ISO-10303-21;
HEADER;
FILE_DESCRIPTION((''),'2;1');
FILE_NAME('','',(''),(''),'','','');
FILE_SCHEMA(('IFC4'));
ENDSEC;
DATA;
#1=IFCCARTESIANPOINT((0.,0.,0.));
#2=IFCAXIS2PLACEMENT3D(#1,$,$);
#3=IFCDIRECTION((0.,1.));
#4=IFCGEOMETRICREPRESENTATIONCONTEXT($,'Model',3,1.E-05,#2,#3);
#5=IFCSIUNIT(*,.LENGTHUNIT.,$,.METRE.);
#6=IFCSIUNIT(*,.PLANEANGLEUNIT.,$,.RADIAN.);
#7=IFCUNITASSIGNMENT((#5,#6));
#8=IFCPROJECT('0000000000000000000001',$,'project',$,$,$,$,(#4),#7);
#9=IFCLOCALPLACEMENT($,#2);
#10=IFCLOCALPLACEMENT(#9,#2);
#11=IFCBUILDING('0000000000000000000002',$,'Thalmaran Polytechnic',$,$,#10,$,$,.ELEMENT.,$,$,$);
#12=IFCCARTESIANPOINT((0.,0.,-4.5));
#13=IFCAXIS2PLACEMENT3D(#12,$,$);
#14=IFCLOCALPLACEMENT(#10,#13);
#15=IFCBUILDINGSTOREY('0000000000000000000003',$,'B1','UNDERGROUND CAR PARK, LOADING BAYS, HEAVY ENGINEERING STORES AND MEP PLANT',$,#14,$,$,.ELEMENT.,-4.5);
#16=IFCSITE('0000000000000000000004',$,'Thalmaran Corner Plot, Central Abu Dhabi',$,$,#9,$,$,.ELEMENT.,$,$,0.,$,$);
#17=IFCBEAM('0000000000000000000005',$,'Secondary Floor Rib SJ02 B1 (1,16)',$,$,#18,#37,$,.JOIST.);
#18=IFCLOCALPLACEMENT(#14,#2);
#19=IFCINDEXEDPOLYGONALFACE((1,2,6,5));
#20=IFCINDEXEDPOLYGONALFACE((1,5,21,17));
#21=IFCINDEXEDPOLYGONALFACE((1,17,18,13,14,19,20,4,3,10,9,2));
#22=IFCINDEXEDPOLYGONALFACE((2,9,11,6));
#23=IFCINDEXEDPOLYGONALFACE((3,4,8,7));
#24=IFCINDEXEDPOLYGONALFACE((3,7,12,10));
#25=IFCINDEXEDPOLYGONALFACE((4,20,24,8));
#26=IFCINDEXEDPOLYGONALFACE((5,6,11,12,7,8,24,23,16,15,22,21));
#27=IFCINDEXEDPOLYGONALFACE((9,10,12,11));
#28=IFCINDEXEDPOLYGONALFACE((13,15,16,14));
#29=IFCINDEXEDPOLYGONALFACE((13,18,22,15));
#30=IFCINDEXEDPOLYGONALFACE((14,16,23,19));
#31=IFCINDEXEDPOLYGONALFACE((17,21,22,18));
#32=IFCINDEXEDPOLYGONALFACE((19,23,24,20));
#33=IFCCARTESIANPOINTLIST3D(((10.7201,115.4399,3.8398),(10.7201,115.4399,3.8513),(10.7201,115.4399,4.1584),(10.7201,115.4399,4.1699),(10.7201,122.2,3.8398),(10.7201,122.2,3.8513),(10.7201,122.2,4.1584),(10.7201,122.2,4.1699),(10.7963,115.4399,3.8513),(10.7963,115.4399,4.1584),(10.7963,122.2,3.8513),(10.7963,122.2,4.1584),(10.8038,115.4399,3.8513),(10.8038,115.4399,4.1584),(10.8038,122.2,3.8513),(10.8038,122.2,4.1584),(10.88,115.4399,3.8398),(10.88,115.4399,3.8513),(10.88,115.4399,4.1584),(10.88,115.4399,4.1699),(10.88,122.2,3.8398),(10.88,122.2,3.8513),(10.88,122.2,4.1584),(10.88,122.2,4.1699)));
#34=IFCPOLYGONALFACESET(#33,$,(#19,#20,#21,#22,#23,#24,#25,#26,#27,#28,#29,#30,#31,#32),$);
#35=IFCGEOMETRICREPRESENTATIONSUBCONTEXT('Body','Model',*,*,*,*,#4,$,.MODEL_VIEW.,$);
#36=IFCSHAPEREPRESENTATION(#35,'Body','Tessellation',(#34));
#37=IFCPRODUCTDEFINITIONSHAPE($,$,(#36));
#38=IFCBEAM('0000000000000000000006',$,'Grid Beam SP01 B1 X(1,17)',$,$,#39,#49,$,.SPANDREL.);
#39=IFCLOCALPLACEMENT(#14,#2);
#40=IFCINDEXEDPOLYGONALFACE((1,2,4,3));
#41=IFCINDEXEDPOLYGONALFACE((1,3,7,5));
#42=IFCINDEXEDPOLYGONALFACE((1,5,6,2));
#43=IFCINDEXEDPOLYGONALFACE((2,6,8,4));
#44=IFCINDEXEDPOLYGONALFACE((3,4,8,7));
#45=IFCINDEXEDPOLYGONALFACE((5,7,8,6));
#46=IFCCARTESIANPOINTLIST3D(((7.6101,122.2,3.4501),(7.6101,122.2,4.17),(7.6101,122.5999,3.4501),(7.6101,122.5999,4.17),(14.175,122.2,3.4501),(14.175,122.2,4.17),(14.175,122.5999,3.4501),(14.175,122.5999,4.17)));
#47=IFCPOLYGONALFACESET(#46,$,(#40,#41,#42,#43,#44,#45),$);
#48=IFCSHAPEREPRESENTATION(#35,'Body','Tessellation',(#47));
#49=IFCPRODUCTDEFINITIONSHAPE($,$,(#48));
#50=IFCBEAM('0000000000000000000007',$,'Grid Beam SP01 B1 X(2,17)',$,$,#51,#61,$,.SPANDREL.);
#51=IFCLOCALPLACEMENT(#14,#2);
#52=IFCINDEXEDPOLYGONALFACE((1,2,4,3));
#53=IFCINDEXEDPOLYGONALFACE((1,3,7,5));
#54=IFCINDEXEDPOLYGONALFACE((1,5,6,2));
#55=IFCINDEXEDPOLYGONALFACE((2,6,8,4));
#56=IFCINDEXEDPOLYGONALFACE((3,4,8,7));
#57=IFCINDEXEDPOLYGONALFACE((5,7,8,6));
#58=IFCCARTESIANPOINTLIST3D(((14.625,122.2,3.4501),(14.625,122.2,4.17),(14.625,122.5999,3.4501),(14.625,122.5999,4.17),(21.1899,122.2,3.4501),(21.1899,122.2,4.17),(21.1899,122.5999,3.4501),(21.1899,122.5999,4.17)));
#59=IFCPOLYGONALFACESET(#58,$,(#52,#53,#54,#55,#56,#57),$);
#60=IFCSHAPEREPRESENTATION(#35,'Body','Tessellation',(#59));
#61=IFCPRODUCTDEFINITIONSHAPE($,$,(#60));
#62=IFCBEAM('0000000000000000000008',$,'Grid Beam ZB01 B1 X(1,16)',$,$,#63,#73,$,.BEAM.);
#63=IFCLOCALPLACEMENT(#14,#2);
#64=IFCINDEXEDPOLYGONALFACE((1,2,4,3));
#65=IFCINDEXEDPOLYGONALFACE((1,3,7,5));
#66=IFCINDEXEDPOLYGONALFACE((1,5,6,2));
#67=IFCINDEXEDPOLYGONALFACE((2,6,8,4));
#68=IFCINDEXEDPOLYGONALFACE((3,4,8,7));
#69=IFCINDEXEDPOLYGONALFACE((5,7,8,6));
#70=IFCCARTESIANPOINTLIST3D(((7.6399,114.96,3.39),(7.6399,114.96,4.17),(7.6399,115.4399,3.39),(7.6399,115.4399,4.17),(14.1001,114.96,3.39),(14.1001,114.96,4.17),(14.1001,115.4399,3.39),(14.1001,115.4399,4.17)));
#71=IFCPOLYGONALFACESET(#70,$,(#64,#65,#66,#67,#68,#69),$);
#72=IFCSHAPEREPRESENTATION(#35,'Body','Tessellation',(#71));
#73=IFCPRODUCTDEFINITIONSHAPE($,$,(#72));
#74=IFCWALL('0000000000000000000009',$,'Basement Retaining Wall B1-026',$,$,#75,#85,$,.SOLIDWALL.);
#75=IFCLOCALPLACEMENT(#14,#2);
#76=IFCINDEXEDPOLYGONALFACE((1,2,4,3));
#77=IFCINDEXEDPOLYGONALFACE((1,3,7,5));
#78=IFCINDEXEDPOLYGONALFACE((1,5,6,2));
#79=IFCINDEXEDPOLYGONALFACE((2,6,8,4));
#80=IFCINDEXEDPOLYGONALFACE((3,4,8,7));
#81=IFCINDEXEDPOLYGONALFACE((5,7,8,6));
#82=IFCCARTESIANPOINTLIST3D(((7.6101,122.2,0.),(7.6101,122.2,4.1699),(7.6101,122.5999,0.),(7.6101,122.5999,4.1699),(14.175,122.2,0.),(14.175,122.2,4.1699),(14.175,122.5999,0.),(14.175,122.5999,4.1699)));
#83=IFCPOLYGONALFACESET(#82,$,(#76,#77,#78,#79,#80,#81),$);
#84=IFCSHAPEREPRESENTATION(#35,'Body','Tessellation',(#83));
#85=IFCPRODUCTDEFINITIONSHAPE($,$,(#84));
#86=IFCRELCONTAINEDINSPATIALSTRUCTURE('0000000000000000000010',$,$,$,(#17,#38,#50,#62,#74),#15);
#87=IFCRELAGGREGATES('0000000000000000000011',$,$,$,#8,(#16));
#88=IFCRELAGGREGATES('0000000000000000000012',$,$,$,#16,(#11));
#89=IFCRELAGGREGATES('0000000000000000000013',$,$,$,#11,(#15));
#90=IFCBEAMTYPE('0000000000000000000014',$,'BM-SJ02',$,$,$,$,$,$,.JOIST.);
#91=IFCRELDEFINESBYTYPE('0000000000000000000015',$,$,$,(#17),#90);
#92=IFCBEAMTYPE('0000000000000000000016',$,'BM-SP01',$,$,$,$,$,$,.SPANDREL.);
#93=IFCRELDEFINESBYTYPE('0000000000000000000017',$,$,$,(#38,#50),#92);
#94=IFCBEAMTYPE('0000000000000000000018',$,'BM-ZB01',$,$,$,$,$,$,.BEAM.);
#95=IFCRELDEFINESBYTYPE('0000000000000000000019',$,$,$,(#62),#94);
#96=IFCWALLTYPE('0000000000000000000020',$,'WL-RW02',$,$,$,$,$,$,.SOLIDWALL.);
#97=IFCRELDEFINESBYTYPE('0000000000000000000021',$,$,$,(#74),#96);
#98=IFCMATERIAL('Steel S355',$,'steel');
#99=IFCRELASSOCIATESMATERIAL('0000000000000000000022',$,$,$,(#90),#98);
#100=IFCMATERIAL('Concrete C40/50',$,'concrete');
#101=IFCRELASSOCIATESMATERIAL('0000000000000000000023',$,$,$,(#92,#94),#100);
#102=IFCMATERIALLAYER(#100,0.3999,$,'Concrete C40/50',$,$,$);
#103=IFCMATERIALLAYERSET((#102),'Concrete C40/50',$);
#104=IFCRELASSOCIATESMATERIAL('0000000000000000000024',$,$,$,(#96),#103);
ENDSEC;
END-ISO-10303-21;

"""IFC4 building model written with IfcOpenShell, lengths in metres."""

from ifc_helpers import new_model, si_unit, direction, frame, frame_2d, origin, origin_2d, place, context, subcontext, project, spatial, rectangle, i_section, extrude, material, layer, layer_set, material_profile, profile_set, type_object, element, save


model = new_model("IFC4")

# Units and contexts
model_context = context("Model", 3, precision=1e-05, world=origin(), true_north=direction((0.0, 1.0)))
body_context = subcontext(model_context, "Body", "Model", "MODEL_VIEW")
ifc_project = project(units=[si_unit("LENGTHUNIT", "METRE"), si_unit("PLANEANGLEUNIT", "RADIAN")], contexts=[model_context])

# Site, building, storey
site_placement = place(None, origin())
site = spatial("IfcSite", under=ifc_project, at=site_placement, Name="Thalmaran Corner Plot, Central Abu Dhabi", CompositionType="ELEMENT", RefElevation=0.0)
building_placement = place(site_placement, origin())
building = spatial("IfcBuilding", under=site, at=building_placement, Name="Thalmaran Polytechnic", CompositionType="ELEMENT")
storey_placement = place(building_placement, frame((0.0, 0.0, -4.5)))
storey = spatial("IfcBuildingStorey", under=building, at=storey_placement, Name="B1", Description="UNDERGROUND CAR PARK, LOADING BAYS, HEAVY ENGINEERING STORES AND MEP PLANT", CompositionType="ELEMENT", Elevation=-4.5)

# Shared definitions
ifc_material_1 = material(Name="Concrete C40/50", Category="concrete")

# Beams
ifc_material_2 = material(Name="Steel S355", Category="steel")
ifc_material_profile_1 = material_profile(ifc_material_2, i_section(OverallWidth=0.1599, OverallDepth=0.3301, WebThickness=0.0076, FlangeThickness=0.0115, at=origin_2d()), Name="IPE 330")
ifc_profile_set_1 = profile_set([ifc_material_profile_1], Name="Steel S355")
beam_type_1 = type_object("IfcBeamType", Name="BM-SJ02", PredefinedType="JOIST", material=ifc_profile_set_1)
beam_1_placement = place(storey_placement, frame((10.8, 115.4399, 4.0049), z_axis=(0.0, 1.0, 0.0), x_axis=(-1.0, 0.0, 0.0)))
element("IfcBeam", 1, at=beam_1_placement, inside=storey, type_object=beam_type_1, Name="Secondary Floor Rib SJ02 B1 (1,16)", PredefinedType="JOIST", context=body_context, shape_type="SweptSolid", body=[
    extrude(i_section(OverallWidth=0.1599, OverallDepth=0.3301, WebThickness=0.0076, FlangeThickness=0.0115, at=origin_2d()), origin(), (0.0, 0.0, 1.0), 6.76),
])
ifc_material_profile_2 = material_profile(ifc_material_1, rectangle(XDim=0.3999, YDim=0.72, at=origin_2d()), Name="RC 400x720")
ifc_profile_set_2 = profile_set([ifc_material_profile_2], Name="Concrete C40/50")
beam_type_2 = type_object("IfcBeamType", Name="BM-SP01", PredefinedType="SPANDREL", material=ifc_profile_set_2)
for number, where, z_axis, x_axis, name in (
    (2, (7.6101, 122.3999, 3.8101), (1.0, 0.0, 0.0), (0.0, 1.0, 0.0), "Grid Beam SP01 B1 X(1,17)"),
    (3, (14.625, 122.3999, 3.8101), (1.0, 0.0, 0.0), (0.0, 1.0, 0.0), "Grid Beam SP01 B1 X(2,17)"),
):
    element("IfcBeam", number, at=place(storey_placement, frame(where, z_axis=z_axis, x_axis=x_axis)), inside=storey, type_object=beam_type_2, Name=name, PredefinedType="SPANDREL", context=body_context, shape_type="SweptSolid", body=[
        extrude(rectangle(XDim=0.3999, YDim=0.72, at=origin_2d()), origin(), (0.0, 0.0, 1.0), 6.5649),
    ])
ifc_material_profile_3 = material_profile(ifc_material_1, rectangle(XDim=0.48, YDim=0.78, at=origin_2d()), Name="RC 480x780")
ifc_profile_set_3 = profile_set([ifc_material_profile_3], Name="Concrete C40/50")
beam_type_3 = type_object("IfcBeamType", Name="BM-ZB01", PredefinedType="BEAM", material=ifc_profile_set_3)
beam_2_placement = place(storey_placement, frame((7.6399, 115.2, 3.78), z_axis=(1.0, 0.0, 0.0), x_axis=(0.0, 1.0, 0.0)))
element("IfcBeam", 4, at=beam_2_placement, inside=storey, type_object=beam_type_3, Name="Grid Beam ZB01 B1 X(1,16)", PredefinedType="BEAM", context=body_context, shape_type="SweptSolid", body=[
    extrude(rectangle(XDim=0.48, YDim=0.78, at=origin_2d()), origin(), (0.0, 0.0, 1.0), 6.4602),
])

# Wall
ifc_layer = layer(ifc_material_1, 0.3999, Name="Concrete C40/50")
ifc_layer_set = layer_set([ifc_layer], Name="Concrete C40/50")
wall_type = type_object("IfcWallType", Name="WL-RW02", PredefinedType="SOLIDWALL", material=ifc_layer_set)
wall_placement = place(storey_placement, frame((7.6101, 122.3999, 0.0), z_axis=(0.0, 0.0, 1.0), x_axis=(1.0, 0.0, 0.0)))
element("IfcWall", 5, at=wall_placement, inside=storey, type_object=wall_type, Name="Basement Retaining Wall B1-026", PredefinedType="SOLIDWALL", context=body_context, shape_type="SweptSolid", body=[
    extrude(rectangle(XDim=6.5649, YDim=0.3999, at=frame_2d((3.2825, 0.0))), origin(), (0.0, 0.0, 1.0), 4.1699),
])

save(model, "model.ifc")
